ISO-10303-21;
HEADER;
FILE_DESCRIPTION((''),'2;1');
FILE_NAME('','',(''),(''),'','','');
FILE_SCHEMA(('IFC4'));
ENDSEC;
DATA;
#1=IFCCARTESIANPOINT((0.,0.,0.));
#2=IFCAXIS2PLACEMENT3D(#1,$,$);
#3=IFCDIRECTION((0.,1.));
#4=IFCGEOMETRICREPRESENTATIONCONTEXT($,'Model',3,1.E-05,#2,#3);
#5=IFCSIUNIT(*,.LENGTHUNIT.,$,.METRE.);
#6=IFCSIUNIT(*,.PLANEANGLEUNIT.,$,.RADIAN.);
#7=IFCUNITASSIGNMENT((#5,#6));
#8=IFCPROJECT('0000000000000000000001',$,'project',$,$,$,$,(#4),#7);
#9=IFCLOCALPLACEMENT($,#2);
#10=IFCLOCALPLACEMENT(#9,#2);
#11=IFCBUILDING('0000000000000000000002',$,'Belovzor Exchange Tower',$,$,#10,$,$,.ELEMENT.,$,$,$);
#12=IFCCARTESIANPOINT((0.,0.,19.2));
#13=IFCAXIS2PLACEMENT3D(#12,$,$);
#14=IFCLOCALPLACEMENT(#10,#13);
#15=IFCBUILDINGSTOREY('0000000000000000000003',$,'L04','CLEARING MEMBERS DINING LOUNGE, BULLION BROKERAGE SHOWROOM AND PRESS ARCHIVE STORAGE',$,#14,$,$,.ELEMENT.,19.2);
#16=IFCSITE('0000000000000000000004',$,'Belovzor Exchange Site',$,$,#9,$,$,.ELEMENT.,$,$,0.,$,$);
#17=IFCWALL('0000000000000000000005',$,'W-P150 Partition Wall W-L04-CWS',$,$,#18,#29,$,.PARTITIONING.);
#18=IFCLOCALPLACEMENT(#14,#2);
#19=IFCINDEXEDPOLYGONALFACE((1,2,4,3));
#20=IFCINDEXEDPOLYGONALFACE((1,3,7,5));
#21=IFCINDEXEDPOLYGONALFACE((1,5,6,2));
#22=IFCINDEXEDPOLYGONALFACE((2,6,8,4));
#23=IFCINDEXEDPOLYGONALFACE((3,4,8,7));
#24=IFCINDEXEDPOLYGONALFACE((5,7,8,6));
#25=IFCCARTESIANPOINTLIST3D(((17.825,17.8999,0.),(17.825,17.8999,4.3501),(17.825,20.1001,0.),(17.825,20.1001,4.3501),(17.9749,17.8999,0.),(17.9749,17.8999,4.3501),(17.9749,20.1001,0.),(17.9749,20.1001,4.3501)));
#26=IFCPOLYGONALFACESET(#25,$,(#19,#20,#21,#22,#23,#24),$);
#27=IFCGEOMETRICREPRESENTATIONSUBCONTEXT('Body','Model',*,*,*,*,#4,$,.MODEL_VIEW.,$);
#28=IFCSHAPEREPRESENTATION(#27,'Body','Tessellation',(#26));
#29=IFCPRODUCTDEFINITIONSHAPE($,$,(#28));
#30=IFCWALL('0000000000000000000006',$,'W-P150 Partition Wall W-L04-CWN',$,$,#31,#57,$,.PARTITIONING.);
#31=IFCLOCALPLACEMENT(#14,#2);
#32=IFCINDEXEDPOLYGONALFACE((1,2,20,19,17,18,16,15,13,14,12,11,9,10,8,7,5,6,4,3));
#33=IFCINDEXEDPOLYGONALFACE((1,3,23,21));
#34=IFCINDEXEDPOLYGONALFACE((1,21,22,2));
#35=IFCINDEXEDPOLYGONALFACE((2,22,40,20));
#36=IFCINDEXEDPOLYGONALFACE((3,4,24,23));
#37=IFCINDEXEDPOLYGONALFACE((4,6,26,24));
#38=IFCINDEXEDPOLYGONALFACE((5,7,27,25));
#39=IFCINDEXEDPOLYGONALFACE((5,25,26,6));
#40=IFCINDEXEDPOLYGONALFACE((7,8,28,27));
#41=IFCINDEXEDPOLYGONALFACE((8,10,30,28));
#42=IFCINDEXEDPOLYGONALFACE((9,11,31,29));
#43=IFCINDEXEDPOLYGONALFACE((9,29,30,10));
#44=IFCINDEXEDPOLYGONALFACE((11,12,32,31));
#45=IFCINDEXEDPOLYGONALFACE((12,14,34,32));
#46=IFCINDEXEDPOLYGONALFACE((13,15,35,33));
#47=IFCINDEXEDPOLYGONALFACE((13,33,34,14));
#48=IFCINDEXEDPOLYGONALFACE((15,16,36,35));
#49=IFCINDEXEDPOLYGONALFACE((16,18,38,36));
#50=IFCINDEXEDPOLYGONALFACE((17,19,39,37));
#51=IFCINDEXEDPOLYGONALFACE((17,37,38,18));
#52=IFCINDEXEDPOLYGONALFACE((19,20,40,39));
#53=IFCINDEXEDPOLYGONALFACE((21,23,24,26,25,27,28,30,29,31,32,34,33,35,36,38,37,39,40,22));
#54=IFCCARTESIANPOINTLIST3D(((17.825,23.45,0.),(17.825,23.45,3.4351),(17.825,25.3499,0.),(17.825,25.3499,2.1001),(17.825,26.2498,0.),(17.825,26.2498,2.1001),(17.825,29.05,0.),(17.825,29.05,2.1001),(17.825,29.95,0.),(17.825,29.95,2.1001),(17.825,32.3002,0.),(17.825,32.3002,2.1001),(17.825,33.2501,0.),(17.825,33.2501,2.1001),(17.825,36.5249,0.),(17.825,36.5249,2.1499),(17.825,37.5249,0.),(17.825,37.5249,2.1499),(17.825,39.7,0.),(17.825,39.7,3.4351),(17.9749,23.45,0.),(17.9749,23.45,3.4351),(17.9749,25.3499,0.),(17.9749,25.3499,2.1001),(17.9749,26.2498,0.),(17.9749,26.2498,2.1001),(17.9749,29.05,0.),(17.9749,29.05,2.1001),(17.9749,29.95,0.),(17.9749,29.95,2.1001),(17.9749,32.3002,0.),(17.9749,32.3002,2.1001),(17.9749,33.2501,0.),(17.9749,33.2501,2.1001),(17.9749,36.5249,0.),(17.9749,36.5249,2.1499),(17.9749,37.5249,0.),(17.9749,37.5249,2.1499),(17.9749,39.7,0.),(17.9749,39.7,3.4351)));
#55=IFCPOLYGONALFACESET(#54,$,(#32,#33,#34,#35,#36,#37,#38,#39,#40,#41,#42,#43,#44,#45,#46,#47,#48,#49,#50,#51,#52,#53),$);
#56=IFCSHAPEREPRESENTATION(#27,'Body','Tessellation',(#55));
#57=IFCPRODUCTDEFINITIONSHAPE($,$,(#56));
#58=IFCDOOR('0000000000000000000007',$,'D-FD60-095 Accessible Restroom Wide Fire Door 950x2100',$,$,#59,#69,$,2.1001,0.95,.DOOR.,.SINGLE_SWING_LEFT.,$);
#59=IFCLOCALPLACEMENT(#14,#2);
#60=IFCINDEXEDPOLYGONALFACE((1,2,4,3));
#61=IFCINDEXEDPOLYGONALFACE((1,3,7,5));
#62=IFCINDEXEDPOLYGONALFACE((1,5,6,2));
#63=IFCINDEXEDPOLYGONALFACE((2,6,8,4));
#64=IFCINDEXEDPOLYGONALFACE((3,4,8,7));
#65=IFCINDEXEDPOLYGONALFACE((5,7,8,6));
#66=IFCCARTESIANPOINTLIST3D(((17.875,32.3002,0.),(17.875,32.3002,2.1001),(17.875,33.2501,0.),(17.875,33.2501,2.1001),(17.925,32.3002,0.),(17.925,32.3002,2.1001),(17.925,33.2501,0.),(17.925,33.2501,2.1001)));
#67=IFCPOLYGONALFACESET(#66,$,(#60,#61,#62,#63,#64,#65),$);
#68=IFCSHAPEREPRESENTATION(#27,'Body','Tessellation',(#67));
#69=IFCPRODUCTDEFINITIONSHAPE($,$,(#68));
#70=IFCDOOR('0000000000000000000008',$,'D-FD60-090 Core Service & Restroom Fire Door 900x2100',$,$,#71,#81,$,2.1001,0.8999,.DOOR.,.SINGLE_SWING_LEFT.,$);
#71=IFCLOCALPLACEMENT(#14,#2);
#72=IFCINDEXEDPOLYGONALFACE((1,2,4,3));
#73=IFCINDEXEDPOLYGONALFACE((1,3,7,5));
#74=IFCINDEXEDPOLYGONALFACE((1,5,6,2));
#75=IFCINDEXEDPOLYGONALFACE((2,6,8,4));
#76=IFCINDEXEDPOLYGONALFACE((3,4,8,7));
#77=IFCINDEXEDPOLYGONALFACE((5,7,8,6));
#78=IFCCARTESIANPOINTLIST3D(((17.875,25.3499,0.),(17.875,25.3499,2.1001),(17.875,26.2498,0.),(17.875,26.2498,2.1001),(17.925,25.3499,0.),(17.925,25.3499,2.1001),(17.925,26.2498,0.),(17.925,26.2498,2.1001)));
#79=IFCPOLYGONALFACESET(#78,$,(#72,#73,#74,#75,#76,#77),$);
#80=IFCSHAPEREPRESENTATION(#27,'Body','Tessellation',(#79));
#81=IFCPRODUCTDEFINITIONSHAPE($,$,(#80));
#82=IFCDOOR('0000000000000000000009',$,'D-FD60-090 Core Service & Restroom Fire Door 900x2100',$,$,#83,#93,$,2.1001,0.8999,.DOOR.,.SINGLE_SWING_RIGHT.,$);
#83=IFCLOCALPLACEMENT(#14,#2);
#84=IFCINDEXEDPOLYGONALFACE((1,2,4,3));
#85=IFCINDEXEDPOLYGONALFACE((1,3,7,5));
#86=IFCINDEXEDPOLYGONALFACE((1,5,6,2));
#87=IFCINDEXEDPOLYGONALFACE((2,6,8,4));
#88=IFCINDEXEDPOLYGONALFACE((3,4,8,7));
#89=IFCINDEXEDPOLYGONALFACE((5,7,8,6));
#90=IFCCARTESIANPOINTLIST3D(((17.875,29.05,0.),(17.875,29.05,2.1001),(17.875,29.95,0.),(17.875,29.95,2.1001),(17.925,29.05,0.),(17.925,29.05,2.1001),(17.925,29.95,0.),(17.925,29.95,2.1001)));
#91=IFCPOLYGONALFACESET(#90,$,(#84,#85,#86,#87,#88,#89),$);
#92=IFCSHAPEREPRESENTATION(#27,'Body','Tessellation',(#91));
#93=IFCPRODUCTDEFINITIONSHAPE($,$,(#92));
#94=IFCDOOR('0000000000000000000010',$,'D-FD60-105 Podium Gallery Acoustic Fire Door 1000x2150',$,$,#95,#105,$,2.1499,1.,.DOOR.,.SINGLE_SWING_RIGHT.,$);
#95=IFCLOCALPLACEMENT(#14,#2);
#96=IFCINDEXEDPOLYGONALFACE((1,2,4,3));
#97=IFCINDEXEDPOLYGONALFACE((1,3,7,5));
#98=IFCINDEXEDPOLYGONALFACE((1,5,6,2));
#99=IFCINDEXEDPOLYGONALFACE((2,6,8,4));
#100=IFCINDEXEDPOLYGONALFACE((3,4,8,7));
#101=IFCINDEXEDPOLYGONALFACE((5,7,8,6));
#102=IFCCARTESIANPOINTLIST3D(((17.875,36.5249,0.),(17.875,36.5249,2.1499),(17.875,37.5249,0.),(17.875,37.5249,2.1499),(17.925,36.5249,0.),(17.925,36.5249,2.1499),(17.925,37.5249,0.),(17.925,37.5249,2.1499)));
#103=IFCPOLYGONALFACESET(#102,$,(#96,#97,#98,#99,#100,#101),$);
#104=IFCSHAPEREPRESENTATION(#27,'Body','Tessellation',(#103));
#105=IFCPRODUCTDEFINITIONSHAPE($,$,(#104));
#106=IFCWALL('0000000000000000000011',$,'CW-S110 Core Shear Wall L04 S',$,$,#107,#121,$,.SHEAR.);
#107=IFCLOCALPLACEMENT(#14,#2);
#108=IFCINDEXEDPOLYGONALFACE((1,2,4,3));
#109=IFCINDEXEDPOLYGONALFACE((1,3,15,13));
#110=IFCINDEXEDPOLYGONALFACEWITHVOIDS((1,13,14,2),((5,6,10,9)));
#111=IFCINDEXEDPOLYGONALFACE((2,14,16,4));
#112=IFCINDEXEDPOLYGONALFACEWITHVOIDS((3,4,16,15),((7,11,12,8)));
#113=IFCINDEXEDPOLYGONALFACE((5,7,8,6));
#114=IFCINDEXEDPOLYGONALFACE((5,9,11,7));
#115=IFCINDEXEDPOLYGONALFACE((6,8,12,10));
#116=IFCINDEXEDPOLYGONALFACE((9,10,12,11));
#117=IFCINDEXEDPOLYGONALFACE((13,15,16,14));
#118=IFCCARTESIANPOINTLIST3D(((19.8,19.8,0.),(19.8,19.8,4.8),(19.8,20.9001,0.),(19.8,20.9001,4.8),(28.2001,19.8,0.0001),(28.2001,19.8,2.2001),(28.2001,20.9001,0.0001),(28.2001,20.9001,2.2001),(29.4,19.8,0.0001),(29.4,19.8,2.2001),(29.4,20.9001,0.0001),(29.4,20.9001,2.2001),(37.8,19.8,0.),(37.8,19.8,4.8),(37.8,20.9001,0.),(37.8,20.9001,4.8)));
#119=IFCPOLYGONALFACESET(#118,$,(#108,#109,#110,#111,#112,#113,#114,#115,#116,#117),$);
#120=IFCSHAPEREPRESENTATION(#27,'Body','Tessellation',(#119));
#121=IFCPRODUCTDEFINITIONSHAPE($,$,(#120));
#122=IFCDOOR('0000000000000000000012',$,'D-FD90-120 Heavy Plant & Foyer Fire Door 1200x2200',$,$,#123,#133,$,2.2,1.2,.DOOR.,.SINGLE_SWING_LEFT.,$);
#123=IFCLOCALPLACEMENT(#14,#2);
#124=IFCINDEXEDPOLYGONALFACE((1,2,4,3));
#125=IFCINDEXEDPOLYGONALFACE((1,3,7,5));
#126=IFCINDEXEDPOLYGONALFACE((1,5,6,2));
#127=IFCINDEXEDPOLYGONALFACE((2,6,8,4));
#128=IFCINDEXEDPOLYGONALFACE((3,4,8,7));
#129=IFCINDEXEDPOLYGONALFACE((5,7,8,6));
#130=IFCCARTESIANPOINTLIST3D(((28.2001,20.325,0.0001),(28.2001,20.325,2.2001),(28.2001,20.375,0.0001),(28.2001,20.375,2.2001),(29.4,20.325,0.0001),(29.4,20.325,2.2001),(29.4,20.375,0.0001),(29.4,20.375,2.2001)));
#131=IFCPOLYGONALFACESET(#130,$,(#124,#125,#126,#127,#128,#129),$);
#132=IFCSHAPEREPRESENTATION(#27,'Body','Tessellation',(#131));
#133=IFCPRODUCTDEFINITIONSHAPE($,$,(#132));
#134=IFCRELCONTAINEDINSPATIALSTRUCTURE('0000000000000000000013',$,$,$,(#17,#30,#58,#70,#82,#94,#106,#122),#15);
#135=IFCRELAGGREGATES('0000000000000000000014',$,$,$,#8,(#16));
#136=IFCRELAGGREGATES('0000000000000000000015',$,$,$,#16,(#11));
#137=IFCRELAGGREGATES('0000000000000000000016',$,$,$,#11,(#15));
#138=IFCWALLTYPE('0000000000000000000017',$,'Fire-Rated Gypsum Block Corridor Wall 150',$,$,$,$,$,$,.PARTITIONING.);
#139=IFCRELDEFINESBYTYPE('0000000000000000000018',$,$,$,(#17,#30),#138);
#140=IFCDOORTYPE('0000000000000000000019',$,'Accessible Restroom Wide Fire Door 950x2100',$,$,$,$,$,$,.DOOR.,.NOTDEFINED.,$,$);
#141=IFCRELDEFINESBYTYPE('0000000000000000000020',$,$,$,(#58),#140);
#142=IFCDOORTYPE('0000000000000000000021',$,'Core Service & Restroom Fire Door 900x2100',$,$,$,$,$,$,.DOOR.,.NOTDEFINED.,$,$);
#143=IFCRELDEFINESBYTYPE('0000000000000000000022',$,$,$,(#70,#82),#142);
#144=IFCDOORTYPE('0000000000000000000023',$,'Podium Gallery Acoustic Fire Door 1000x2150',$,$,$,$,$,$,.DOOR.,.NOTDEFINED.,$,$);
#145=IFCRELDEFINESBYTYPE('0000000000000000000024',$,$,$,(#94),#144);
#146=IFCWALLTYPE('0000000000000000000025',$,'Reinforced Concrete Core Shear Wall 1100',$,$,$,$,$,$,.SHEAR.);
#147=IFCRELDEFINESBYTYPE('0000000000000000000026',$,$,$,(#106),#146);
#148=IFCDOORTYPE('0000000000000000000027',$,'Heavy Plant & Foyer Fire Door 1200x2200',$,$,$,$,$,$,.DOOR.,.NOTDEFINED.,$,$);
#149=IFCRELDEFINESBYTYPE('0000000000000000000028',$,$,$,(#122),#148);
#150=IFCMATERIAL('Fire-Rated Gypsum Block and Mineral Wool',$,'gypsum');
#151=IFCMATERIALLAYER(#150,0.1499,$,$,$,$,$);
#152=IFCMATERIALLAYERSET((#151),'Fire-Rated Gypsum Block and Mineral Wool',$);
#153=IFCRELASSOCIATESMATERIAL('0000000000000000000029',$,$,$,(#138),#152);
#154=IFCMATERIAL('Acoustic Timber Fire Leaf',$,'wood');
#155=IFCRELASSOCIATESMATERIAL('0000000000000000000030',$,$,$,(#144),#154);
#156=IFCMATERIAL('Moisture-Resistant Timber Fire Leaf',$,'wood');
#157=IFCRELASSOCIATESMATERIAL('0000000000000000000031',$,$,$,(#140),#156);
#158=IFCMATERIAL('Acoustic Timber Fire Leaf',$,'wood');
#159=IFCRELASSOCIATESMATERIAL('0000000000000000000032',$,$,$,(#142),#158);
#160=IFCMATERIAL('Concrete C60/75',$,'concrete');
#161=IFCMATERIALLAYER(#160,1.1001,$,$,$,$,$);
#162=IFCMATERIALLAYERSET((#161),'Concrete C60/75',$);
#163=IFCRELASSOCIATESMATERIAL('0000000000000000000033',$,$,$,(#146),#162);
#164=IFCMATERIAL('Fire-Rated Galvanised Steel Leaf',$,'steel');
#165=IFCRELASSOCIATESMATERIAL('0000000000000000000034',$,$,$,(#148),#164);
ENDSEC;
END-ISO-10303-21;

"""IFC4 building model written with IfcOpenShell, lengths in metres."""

from ifc_helpers import new_model, si_unit, direction, frame, frame_2d, origin, place, context, subcontext, project, spatial, rectangle, extrude, material, layer, layer_set, type_object, element, fill, save


model = new_model("IFC4")

# Units and contexts
model_context = context("Model", 3, precision=1e-05, world=origin(), true_north=direction((0.0, 1.0)))
body_context = subcontext(model_context, "Body", "Model", "MODEL_VIEW")
ifc_project = project(units=[si_unit("LENGTHUNIT", "METRE"), si_unit("PLANEANGLEUNIT", "RADIAN")], contexts=[model_context])

# Site, building, storey
site_placement = place(None, origin())
site = spatial("IfcSite", under=ifc_project, at=site_placement, Name="Belovzor Exchange Site", CompositionType="ELEMENT", RefElevation=0.0)
building_placement = place(site_placement, origin())
building = spatial("IfcBuilding", under=site, at=building_placement, Name="Belovzor Exchange Tower", CompositionType="ELEMENT")
storey_placement = place(building_placement, frame((0.0, 0.0, 19.2)))
storey = spatial("IfcBuildingStorey", under=building, at=storey_placement, Name="L04", Description="CLEARING MEMBERS DINING LOUNGE, BULLION BROKERAGE SHOWROOM AND PRESS ARCHIVE STORAGE", CompositionType="ELEMENT", Elevation=19.2)

# Shared definitions
ifc_material_1 = material(Name="Fire-Rated Gypsum Block and Mineral Wool", Category="gypsum")
ifc_layer_1 = layer(ifc_material_1, 0.1499)
ifc_layer_set_1 = layer_set([ifc_layer_1], Name="Fire-Rated Gypsum Block and Mineral Wool")
wall_type_1 = type_object("IfcWallType", Name="Fire-Rated Gypsum Block Corridor Wall 150", PredefinedType="PARTITIONING", material=ifc_layer_set_1)
ifc_material_2 = material(Name="Acoustic Timber Fire Leaf", Category="wood")
door_type_1 = type_object("IfcDoorType", Name="Podium Gallery Acoustic Fire Door 1000x2150", OperationType="NOTDEFINED", PredefinedType="DOOR", material=ifc_material_2)

# Wall
wall_1_placement = place(storey_placement, frame((17.8999, 17.8999, 0.0), z_axis=(0.0, 0.0, 1.0), x_axis=(0.0, 1.0, 0.0)))
element("IfcWall", 1, at=wall_1_placement, inside=storey, type_object=wall_type_1, Name="W-P150 Partition Wall W-L04-CWS", PredefinedType="PARTITIONING", context=body_context, shape_type="SweptSolid", body=[
    extrude(rectangle(XDim=2.2002, YDim=0.1499, at=frame_2d((1.1001, 0.0))), origin(), (0.0, 0.0, 1.0), 4.3501),
])

# Wall, openings, doors
wall_2_placement = place(storey_placement, frame((17.8999, 23.45, 0.0), z_axis=(0.0, 0.0, 1.0), x_axis=(0.0, 1.0, 0.0)))
wall_2 = element("IfcWall", 2, at=wall_2_placement, inside=storey, type_object=wall_type_1, Name="W-P150 Partition Wall W-L04-CWN", PredefinedType="PARTITIONING", context=body_context, shape_type="SweptSolid", body=[
    extrude(rectangle(XDim=16.25, YDim=0.1499, at=frame_2d((8.125, 0.0))), origin(), (0.0, 0.0, 1.0), 3.4351),
])
opening_1_placement = place(wall_2_placement, frame((1.8999, 0.0, 0.0)))
opening_1 = element("IfcOpeningElement", 3, at=opening_1_placement, cuts=wall_2, PredefinedType="OPENING", context=body_context, shape_type="SweptSolid", body=[
    extrude(rectangle(XDim=0.8999, YDim=2.1001, at=frame_2d((0.45, 1.05))), frame((0.0, 0.085, 0.0), z_axis=(0.0, -1.0, 0.0), x_axis=(1.0, 0.0, 0.0)), (0.0, 0.0, 1.0), 0.1699),
])
opening_2_placement = place(wall_2_placement, frame((5.6001, 0.0, 0.0)))
opening_2 = element("IfcOpeningElement", 4, at=opening_2_placement, cuts=wall_2, PredefinedType="OPENING", context=body_context, shape_type="SweptSolid", body=[
    extrude(rectangle(XDim=0.8999, YDim=2.1001, at=frame_2d((0.45, 1.05))), frame((0.0, 0.085, 0.0), z_axis=(0.0, -1.0, 0.0), x_axis=(1.0, 0.0, 0.0)), (0.0, 0.0, 1.0), 0.1699),
])
opening_3_placement = place(wall_2_placement, frame((8.8501, 0.0, 0.0)))
opening_3 = element("IfcOpeningElement", 5, at=opening_3_placement, cuts=wall_2, PredefinedType="OPENING", context=body_context, shape_type="SweptSolid", body=[
    extrude(rectangle(XDim=0.95, YDim=2.1001, at=frame_2d((0.4751, 1.05))), frame((0.0, 0.085, 0.0), z_axis=(0.0, -1.0, 0.0), x_axis=(1.0, 0.0, 0.0)), (0.0, 0.0, 1.0), 0.1699),
])
opening_4_placement = place(wall_2_placement, frame((13.075, 0.0, 0.0)))
opening_4 = element("IfcOpeningElement", 6, at=opening_4_placement, cuts=wall_2, PredefinedType="OPENING", context=body_context, shape_type="SweptSolid", body=[
    extrude(rectangle(XDim=1.0, YDim=2.1499, at=frame_2d((0.5, 1.075))), frame((0.0, 0.085, 0.0), z_axis=(0.0, -1.0, 0.0), x_axis=(1.0, 0.0, 0.0)), (0.0, 0.0, 1.0), 0.1699),
])
ifc_material_3 = material(Name="Moisture-Resistant Timber Fire Leaf", Category="wood")
door_type_2 = type_object("IfcDoorType", Name="Accessible Restroom Wide Fire Door 950x2100", OperationType="NOTDEFINED", PredefinedType="DOOR", material=ifc_material_3)
door_1_placement = place(opening_3_placement, origin())
door_1 = element("IfcDoor", 7, at=door_1_placement, inside=storey, type_object=door_type_2, Name="D-FD60-095 Accessible Restroom Wide Fire Door 950x2100", OperationType="SINGLE_SWING_LEFT", OverallHeight=2.1001, OverallWidth=0.95, PredefinedType="DOOR", context=body_context, shape_type="SweptSolid", body=[
    extrude(rectangle(XDim=0.95, YDim=2.1001, at=frame_2d((0.4751, 1.05))), frame((0.0, 0.0249, 0.0), z_axis=(0.0, -1.0, 0.0), x_axis=(1.0, 0.0, 0.0)), (0.0, 0.0, 1.0), 0.05),
])
fill(opening_3, door_1)
ifc_material_4 = material(Name="Acoustic Timber Fire Leaf", Category="wood")
door_type_3 = type_object("IfcDoorType", Name="Core Service & Restroom Fire Door 900x2100", OperationType="NOTDEFINED", PredefinedType="DOOR", material=ifc_material_4)
door_2_placement = place(opening_1_placement, origin())
door_2 = element("IfcDoor", 8, at=door_2_placement, inside=storey, type_object=door_type_3, Name="D-FD60-090 Core Service & Restroom Fire Door 900x2100", OperationType="SINGLE_SWING_LEFT", OverallHeight=2.1001, OverallWidth=0.8999, PredefinedType="DOOR", context=body_context, shape_type="SweptSolid", body=[
    extrude(rectangle(XDim=0.8999, YDim=2.1001, at=frame_2d((0.45, 1.05))), frame((0.0, 0.0249, 0.0), z_axis=(0.0, -1.0, 0.0), x_axis=(1.0, 0.0, 0.0)), (0.0, 0.0, 1.0), 0.05),
])
fill(opening_1, door_2)
door_3_placement = place(opening_2_placement, origin())
door_3 = element("IfcDoor", 9, at=door_3_placement, inside=storey, type_object=door_type_3, Name="D-FD60-090 Core Service & Restroom Fire Door 900x2100", OperationType="SINGLE_SWING_RIGHT", OverallHeight=2.1001, OverallWidth=0.8999, PredefinedType="DOOR", context=body_context, shape_type="SweptSolid", body=[
    extrude(rectangle(XDim=0.8999, YDim=2.1001, at=frame_2d((0.45, 1.05))), frame((0.0, 0.0249, 0.0), z_axis=(0.0, -1.0, 0.0), x_axis=(1.0, 0.0, 0.0)), (0.0, 0.0, 1.0), 0.05),
])
fill(opening_2, door_3)
door_4_placement = place(opening_4_placement, origin())
door_4 = element("IfcDoor", 10, at=door_4_placement, inside=storey, type_object=door_type_1, Name="D-FD60-105 Podium Gallery Acoustic Fire Door 1000x2150", OperationType="SINGLE_SWING_RIGHT", OverallHeight=2.1499, OverallWidth=1.0, PredefinedType="DOOR", context=body_context, shape_type="SweptSolid", body=[
    extrude(rectangle(XDim=1.0, YDim=2.1499, at=frame_2d((0.5, 1.075))), frame((0.0, 0.0249, 0.0), z_axis=(0.0, -1.0, 0.0), x_axis=(1.0, 0.0, 0.0)), (0.0, 0.0, 1.0), 0.05),
])
fill(opening_4, door_4)

# Wall, opening, door
ifc_material_5 = material(Name="Concrete C60/75", Category="concrete")
ifc_layer_2 = layer(ifc_material_5, 1.1001)
ifc_layer_set_2 = layer_set([ifc_layer_2], Name="Concrete C60/75")
wall_type_2 = type_object("IfcWallType", Name="Reinforced Concrete Core Shear Wall 1100", PredefinedType="SHEAR", material=ifc_layer_set_2)
wall_3_placement = place(storey_placement, frame((19.8, 20.3501, 0.0), z_axis=(0.0, 0.0, 1.0), x_axis=(1.0, 0.0, 0.0)))
wall_3 = element("IfcWall", 11, at=wall_3_placement, inside=storey, type_object=wall_type_2, Name="CW-S110 Core Shear Wall L04 S", PredefinedType="SHEAR", context=body_context, shape_type="SweptSolid", body=[
    extrude(rectangle(XDim=18.0, YDim=1.1001, at=frame_2d((9.0, 0.0))), origin(), (0.0, 0.0, 1.0), 4.8),
])
opening_5_placement = place(wall_3_placement, frame((8.3999, 0.0, 0.0)))
opening_5 = element("IfcOpeningElement", 12, at=opening_5_placement, cuts=wall_3, PredefinedType="OPENING", context=body_context, shape_type="SweptSolid", body=[
    extrude(rectangle(XDim=1.2, YDim=2.2, at=frame_2d((0.6001, 1.1001))), frame((0.0, 0.5601, 0.0), z_axis=(0.0, -1.0, 0.0), x_axis=(1.0, 0.0, 0.0)), (0.0, 0.0, 1.0), 1.1201),
])
ifc_material_6 = material(Name="Fire-Rated Galvanised Steel Leaf", Category="steel")
door_type_4 = type_object("IfcDoorType", Name="Heavy Plant & Foyer Fire Door 1200x2200", OperationType="NOTDEFINED", PredefinedType="DOOR", material=ifc_material_6)
door_5_placement = place(opening_5_placement, origin())
door_5 = element("IfcDoor", 13, at=door_5_placement, inside=storey, type_object=door_type_4, Name="D-FD90-120 Heavy Plant & Foyer Fire Door 1200x2200", OperationType="SINGLE_SWING_LEFT", OverallHeight=2.2, OverallWidth=1.2, PredefinedType="DOOR", context=body_context, shape_type="SweptSolid", body=[
    extrude(rectangle(XDim=1.2, YDim=2.2, at=frame_2d((0.6001, 1.1001))), frame((0.0, 0.0249, 0.0), z_axis=(0.0, -1.0, 0.0), x_axis=(1.0, 0.0, 0.0)), (0.0, 0.0, 1.0), 0.05),
])
fill(opening_5, door_5)

save(model, "model.ifc")
